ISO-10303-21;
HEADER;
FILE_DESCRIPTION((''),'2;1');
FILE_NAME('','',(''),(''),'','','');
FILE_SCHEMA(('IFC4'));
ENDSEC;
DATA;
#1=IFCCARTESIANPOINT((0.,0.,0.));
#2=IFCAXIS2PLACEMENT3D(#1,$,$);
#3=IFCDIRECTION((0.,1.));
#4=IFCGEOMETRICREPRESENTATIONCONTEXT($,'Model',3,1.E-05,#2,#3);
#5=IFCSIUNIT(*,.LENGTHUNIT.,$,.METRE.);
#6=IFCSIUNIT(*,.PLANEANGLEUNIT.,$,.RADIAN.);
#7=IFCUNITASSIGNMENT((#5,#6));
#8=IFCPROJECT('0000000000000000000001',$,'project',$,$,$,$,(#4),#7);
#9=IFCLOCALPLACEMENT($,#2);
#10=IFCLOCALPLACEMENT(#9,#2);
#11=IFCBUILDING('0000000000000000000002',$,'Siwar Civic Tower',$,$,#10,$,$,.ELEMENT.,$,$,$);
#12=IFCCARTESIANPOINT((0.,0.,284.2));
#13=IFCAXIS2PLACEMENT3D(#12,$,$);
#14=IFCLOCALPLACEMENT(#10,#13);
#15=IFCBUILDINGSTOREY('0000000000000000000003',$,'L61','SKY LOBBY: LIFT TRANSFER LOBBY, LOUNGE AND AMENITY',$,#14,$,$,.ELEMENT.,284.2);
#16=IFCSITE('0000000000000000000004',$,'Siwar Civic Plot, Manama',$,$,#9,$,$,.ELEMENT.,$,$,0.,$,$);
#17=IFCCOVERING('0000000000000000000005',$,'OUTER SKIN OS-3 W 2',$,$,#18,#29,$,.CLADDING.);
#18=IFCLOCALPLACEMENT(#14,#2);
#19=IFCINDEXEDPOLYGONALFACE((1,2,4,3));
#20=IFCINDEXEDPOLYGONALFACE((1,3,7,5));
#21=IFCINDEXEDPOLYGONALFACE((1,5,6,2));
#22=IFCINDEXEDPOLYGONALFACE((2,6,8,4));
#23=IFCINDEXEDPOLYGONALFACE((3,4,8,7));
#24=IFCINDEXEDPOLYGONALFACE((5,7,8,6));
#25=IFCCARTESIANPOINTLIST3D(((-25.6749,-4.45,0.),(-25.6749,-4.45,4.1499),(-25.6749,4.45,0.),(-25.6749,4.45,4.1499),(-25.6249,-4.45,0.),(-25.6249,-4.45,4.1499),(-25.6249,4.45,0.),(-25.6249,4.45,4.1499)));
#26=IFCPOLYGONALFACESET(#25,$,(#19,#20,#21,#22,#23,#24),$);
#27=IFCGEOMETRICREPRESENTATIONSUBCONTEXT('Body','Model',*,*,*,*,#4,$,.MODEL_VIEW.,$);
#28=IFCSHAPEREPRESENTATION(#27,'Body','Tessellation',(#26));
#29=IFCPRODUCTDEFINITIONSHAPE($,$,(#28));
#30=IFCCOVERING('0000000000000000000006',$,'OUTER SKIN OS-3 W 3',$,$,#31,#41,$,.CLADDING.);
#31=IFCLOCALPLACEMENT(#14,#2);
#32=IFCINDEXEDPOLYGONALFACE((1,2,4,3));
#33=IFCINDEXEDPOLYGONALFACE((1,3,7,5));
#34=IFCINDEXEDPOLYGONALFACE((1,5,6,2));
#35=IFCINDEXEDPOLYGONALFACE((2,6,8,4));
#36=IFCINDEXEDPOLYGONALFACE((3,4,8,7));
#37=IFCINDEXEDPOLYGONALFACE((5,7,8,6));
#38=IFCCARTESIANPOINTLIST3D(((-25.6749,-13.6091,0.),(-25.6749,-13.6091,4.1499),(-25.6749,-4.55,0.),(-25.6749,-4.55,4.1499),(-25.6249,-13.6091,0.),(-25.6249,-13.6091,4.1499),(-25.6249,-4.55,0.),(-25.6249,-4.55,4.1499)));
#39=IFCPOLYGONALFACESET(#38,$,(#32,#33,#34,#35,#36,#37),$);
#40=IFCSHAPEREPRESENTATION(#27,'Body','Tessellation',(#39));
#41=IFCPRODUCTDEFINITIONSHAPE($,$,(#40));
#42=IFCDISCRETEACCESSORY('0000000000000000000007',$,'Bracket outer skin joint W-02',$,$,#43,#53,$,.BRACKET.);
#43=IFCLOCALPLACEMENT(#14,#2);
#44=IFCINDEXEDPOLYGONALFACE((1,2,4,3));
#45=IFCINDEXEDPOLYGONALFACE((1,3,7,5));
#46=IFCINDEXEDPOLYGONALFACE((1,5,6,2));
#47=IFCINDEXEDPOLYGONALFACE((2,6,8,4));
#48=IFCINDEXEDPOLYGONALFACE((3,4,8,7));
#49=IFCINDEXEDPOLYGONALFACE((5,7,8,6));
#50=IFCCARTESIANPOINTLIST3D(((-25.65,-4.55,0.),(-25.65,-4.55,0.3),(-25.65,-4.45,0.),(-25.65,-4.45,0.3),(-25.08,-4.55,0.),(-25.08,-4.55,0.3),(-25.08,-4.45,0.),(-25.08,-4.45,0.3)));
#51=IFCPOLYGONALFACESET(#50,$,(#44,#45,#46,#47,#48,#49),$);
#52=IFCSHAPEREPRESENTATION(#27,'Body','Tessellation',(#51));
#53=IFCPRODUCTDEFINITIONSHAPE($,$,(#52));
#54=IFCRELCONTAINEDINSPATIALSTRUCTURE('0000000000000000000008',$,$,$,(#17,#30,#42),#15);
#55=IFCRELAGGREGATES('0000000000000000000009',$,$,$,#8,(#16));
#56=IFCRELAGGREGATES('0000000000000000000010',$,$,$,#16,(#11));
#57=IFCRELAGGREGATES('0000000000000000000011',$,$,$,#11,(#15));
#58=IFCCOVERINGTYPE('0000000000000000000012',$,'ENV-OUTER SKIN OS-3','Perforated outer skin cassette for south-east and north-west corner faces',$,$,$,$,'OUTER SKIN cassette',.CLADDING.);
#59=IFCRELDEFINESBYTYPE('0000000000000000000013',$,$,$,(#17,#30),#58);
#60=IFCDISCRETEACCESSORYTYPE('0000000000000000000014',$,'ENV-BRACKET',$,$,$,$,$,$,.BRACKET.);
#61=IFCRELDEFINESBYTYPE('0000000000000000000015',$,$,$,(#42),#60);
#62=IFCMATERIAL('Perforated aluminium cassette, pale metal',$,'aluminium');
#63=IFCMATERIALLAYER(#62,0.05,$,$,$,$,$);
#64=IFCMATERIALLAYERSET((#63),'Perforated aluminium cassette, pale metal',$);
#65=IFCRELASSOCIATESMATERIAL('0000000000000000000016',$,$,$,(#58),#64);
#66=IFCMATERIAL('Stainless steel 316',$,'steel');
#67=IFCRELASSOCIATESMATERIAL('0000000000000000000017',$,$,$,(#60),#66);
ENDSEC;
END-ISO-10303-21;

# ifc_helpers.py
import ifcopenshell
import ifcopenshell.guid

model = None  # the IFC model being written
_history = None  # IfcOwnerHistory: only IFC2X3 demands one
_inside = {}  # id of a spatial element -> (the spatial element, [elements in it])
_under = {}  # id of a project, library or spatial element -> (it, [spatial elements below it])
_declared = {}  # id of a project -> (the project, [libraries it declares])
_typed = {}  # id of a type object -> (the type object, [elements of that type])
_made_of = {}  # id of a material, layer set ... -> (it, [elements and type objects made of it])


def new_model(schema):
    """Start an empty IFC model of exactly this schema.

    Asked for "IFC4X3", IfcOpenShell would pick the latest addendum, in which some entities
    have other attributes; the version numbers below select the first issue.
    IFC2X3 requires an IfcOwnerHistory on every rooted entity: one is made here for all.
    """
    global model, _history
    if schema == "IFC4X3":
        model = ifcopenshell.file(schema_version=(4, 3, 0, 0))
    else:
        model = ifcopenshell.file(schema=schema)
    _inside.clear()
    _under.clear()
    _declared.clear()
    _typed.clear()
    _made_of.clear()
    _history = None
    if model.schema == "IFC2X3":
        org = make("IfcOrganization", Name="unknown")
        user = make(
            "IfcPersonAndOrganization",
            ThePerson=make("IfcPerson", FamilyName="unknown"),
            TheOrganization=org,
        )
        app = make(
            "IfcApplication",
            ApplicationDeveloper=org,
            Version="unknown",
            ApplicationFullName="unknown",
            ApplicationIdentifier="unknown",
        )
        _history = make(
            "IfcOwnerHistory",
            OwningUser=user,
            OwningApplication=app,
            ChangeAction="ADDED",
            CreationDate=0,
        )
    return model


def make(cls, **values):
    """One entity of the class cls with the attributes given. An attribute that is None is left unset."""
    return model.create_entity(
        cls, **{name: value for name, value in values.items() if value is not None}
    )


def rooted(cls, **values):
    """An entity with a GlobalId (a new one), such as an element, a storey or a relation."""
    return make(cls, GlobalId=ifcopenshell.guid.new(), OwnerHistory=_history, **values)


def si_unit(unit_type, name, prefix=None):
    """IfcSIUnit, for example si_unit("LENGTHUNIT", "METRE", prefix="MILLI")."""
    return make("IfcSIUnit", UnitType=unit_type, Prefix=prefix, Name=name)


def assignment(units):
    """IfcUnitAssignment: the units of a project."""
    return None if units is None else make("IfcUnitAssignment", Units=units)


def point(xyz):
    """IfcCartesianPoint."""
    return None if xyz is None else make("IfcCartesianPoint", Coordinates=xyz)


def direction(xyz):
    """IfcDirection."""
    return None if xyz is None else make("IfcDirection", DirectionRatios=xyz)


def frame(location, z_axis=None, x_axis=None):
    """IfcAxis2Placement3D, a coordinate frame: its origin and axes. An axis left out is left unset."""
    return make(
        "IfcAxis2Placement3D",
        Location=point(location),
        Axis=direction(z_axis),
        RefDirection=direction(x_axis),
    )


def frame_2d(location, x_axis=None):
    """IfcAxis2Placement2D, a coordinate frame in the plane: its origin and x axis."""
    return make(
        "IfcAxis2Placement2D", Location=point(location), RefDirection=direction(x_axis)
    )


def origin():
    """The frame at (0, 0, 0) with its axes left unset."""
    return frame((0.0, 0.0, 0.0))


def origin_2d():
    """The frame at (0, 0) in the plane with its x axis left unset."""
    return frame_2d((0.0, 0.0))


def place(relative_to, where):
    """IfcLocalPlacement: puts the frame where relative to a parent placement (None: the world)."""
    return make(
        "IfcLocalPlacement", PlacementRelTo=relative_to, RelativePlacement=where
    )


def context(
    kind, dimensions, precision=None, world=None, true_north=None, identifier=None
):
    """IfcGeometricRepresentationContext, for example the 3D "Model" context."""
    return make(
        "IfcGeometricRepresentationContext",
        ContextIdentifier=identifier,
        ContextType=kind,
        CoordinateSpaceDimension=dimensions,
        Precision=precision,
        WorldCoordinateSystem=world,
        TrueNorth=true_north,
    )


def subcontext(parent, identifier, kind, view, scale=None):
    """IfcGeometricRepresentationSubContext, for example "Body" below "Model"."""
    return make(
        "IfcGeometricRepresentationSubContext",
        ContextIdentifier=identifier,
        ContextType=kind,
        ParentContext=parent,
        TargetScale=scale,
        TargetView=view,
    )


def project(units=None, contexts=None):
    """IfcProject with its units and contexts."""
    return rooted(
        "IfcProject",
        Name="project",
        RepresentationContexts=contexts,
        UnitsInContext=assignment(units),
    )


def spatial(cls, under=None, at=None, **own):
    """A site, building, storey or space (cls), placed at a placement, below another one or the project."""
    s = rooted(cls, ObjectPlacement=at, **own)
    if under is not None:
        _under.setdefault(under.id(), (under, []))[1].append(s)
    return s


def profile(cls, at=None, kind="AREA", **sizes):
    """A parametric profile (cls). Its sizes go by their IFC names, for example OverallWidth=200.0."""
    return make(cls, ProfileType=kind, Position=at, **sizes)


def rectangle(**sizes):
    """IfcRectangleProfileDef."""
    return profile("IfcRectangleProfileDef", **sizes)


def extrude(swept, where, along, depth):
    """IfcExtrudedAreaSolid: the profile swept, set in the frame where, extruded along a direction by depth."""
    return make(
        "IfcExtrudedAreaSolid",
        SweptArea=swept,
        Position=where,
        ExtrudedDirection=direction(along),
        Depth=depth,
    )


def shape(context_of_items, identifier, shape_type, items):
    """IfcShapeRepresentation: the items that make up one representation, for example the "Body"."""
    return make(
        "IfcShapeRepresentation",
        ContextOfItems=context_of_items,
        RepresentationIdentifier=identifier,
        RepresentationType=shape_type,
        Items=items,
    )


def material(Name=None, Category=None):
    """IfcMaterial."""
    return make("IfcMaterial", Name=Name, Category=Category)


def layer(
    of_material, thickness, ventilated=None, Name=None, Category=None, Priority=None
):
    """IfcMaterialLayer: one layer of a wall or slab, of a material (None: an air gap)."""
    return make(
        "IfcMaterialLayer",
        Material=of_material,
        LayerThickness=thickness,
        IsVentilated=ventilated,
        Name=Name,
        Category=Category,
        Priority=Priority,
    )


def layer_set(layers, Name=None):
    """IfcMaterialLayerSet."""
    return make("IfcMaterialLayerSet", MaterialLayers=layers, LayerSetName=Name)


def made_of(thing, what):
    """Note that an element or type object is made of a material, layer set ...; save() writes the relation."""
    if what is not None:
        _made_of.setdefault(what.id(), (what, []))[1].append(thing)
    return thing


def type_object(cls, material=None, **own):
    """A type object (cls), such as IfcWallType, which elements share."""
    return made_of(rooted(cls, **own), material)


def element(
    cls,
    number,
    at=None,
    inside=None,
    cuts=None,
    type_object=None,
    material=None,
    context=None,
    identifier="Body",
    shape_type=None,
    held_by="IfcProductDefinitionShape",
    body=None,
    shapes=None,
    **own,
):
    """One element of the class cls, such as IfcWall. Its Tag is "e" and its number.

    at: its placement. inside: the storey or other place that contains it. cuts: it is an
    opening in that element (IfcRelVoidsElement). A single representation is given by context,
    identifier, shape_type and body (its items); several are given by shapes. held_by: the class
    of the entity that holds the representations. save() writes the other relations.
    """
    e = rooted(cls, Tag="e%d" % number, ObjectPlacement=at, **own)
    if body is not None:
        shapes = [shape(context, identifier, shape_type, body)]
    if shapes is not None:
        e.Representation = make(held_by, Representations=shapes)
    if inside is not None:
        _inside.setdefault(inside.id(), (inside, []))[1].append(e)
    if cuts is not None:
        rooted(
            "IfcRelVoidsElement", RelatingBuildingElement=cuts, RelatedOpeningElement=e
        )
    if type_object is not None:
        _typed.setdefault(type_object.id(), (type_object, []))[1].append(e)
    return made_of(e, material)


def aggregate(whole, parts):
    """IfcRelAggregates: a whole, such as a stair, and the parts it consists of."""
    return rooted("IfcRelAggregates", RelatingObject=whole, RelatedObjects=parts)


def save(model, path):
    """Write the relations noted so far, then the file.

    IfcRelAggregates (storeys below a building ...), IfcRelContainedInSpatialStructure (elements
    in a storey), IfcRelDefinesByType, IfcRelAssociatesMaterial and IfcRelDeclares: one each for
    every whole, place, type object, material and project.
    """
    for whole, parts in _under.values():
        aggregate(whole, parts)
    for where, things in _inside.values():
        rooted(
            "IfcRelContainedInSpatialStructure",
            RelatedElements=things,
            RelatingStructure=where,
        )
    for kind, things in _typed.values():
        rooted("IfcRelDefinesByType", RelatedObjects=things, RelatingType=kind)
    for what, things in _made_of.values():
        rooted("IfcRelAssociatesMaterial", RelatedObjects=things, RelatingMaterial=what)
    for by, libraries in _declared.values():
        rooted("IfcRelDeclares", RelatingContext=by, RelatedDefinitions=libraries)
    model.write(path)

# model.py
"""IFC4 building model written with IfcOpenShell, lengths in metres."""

from ifc_helpers import new_model, si_unit, direction, frame, origin, origin_2d, place, context, subcontext, project, spatial, rectangle, extrude, material, layer, layer_set, type_object, element, save


model = new_model("IFC4")

# Units and contexts
model_context = context("Model", 3, precision=1e-05, world=origin(), true_north=direction((0.0, 1.0)))
body_context = subcontext(model_context, "Body", "Model", "MODEL_VIEW")
ifc_project = project(units=[si_unit("LENGTHUNIT", "METRE"), si_unit("PLANEANGLEUNIT", "RADIAN")], contexts=[model_context])

# Site, building, storey
site_placement = place(None, origin())
site = spatial("IfcSite", under=ifc_project, at=site_placement, Name="Siwar Civic Plot, Manama", CompositionType="ELEMENT", RefElevation=0.0)
building_placement = place(site_placement, origin())
building = spatial("IfcBuilding", under=site, at=building_placement, Name="Siwar Civic Tower", CompositionType="ELEMENT")
storey_placement = place(building_placement, frame((0.0, 0.0, 284.2)))
storey = spatial("IfcBuildingStorey", under=building, at=storey_placement, Name="L61", Description="SKY LOBBY: LIFT TRANSFER LOBBY, LOUNGE AND AMENITY", CompositionType="ELEMENT", Elevation=284.2)

# Coverings
ifc_material_1 = material(Name="Perforated aluminium cassette, pale metal", Category="aluminium")
ifc_layer_1 = layer(ifc_material_1, 0.05)
ifc_layer_set_1 = layer_set([ifc_layer_1], Name="Perforated aluminium cassette, pale metal")
covering_type = type_object("IfcCoveringType", Name="ENV-OUTER SKIN OS-3", Description="Perforated outer skin cassette for south-east and north-west corner faces", ElementType="OUTER SKIN cassette", PredefinedType="CLADDING", material=ifc_layer_set_1)
covering_1_placement = place(storey_placement, frame((-25.6499, 0.0, 0.0), z_axis=(0.0, 0.0, 1.0), x_axis=(0.0, -1.0, 0.0)))
element("IfcCovering", 1, at=covering_1_placement, inside=storey, type_object=covering_type, Name="OUTER SKIN OS-3 W 2", PredefinedType="CLADDING", context=body_context, shape_type="SweptSolid", body=[
    extrude(rectangle(XDim=8.8999, YDim=0.05, at=origin_2d()), origin(), (0.0, 0.0, 1.0), 4.1499),
])
covering_2_placement = place(storey_placement, frame((-25.6499, -9.0796, 0.0), z_axis=(0.0, 0.0, 1.0), x_axis=(0.0, -1.0, 0.0)))
element("IfcCovering", 2, at=covering_2_placement, inside=storey, type_object=covering_type, Name="OUTER SKIN OS-3 W 3", PredefinedType="CLADDING", context=body_context, shape_type="SweptSolid", body=[
    extrude(rectangle(XDim=9.0591, YDim=0.05, at=origin_2d()), origin(), (0.0, 0.0, 1.0), 4.1499),
])

# Discrete accessory
ifc_material_2 = material(Name="Stainless steel 316", Category="steel")
discrete_accessory_type = type_object("IfcDiscreteAccessoryType", Name="ENV-BRACKET", PredefinedType="BRACKET", material=ifc_material_2)
discrete_accessory_placement = place(storey_placement, frame((-25.365, -4.5, 0.0), z_axis=(0.0, 0.0, 1.0), x_axis=(-1.0, 0.0, 0.0)))
element("IfcDiscreteAccessory", 3, at=discrete_accessory_placement, inside=storey, type_object=discrete_accessory_type, Name="Bracket outer skin joint W-02", PredefinedType="BRACKET", context=body_context, shape_type="SweptSolid", body=[
    extrude(rectangle(XDim=0.5701, YDim=0.1001, at=origin_2d()), origin(), (0.0, 0.0, 1.0), 0.3),
])

save(model, "model.ifc")
